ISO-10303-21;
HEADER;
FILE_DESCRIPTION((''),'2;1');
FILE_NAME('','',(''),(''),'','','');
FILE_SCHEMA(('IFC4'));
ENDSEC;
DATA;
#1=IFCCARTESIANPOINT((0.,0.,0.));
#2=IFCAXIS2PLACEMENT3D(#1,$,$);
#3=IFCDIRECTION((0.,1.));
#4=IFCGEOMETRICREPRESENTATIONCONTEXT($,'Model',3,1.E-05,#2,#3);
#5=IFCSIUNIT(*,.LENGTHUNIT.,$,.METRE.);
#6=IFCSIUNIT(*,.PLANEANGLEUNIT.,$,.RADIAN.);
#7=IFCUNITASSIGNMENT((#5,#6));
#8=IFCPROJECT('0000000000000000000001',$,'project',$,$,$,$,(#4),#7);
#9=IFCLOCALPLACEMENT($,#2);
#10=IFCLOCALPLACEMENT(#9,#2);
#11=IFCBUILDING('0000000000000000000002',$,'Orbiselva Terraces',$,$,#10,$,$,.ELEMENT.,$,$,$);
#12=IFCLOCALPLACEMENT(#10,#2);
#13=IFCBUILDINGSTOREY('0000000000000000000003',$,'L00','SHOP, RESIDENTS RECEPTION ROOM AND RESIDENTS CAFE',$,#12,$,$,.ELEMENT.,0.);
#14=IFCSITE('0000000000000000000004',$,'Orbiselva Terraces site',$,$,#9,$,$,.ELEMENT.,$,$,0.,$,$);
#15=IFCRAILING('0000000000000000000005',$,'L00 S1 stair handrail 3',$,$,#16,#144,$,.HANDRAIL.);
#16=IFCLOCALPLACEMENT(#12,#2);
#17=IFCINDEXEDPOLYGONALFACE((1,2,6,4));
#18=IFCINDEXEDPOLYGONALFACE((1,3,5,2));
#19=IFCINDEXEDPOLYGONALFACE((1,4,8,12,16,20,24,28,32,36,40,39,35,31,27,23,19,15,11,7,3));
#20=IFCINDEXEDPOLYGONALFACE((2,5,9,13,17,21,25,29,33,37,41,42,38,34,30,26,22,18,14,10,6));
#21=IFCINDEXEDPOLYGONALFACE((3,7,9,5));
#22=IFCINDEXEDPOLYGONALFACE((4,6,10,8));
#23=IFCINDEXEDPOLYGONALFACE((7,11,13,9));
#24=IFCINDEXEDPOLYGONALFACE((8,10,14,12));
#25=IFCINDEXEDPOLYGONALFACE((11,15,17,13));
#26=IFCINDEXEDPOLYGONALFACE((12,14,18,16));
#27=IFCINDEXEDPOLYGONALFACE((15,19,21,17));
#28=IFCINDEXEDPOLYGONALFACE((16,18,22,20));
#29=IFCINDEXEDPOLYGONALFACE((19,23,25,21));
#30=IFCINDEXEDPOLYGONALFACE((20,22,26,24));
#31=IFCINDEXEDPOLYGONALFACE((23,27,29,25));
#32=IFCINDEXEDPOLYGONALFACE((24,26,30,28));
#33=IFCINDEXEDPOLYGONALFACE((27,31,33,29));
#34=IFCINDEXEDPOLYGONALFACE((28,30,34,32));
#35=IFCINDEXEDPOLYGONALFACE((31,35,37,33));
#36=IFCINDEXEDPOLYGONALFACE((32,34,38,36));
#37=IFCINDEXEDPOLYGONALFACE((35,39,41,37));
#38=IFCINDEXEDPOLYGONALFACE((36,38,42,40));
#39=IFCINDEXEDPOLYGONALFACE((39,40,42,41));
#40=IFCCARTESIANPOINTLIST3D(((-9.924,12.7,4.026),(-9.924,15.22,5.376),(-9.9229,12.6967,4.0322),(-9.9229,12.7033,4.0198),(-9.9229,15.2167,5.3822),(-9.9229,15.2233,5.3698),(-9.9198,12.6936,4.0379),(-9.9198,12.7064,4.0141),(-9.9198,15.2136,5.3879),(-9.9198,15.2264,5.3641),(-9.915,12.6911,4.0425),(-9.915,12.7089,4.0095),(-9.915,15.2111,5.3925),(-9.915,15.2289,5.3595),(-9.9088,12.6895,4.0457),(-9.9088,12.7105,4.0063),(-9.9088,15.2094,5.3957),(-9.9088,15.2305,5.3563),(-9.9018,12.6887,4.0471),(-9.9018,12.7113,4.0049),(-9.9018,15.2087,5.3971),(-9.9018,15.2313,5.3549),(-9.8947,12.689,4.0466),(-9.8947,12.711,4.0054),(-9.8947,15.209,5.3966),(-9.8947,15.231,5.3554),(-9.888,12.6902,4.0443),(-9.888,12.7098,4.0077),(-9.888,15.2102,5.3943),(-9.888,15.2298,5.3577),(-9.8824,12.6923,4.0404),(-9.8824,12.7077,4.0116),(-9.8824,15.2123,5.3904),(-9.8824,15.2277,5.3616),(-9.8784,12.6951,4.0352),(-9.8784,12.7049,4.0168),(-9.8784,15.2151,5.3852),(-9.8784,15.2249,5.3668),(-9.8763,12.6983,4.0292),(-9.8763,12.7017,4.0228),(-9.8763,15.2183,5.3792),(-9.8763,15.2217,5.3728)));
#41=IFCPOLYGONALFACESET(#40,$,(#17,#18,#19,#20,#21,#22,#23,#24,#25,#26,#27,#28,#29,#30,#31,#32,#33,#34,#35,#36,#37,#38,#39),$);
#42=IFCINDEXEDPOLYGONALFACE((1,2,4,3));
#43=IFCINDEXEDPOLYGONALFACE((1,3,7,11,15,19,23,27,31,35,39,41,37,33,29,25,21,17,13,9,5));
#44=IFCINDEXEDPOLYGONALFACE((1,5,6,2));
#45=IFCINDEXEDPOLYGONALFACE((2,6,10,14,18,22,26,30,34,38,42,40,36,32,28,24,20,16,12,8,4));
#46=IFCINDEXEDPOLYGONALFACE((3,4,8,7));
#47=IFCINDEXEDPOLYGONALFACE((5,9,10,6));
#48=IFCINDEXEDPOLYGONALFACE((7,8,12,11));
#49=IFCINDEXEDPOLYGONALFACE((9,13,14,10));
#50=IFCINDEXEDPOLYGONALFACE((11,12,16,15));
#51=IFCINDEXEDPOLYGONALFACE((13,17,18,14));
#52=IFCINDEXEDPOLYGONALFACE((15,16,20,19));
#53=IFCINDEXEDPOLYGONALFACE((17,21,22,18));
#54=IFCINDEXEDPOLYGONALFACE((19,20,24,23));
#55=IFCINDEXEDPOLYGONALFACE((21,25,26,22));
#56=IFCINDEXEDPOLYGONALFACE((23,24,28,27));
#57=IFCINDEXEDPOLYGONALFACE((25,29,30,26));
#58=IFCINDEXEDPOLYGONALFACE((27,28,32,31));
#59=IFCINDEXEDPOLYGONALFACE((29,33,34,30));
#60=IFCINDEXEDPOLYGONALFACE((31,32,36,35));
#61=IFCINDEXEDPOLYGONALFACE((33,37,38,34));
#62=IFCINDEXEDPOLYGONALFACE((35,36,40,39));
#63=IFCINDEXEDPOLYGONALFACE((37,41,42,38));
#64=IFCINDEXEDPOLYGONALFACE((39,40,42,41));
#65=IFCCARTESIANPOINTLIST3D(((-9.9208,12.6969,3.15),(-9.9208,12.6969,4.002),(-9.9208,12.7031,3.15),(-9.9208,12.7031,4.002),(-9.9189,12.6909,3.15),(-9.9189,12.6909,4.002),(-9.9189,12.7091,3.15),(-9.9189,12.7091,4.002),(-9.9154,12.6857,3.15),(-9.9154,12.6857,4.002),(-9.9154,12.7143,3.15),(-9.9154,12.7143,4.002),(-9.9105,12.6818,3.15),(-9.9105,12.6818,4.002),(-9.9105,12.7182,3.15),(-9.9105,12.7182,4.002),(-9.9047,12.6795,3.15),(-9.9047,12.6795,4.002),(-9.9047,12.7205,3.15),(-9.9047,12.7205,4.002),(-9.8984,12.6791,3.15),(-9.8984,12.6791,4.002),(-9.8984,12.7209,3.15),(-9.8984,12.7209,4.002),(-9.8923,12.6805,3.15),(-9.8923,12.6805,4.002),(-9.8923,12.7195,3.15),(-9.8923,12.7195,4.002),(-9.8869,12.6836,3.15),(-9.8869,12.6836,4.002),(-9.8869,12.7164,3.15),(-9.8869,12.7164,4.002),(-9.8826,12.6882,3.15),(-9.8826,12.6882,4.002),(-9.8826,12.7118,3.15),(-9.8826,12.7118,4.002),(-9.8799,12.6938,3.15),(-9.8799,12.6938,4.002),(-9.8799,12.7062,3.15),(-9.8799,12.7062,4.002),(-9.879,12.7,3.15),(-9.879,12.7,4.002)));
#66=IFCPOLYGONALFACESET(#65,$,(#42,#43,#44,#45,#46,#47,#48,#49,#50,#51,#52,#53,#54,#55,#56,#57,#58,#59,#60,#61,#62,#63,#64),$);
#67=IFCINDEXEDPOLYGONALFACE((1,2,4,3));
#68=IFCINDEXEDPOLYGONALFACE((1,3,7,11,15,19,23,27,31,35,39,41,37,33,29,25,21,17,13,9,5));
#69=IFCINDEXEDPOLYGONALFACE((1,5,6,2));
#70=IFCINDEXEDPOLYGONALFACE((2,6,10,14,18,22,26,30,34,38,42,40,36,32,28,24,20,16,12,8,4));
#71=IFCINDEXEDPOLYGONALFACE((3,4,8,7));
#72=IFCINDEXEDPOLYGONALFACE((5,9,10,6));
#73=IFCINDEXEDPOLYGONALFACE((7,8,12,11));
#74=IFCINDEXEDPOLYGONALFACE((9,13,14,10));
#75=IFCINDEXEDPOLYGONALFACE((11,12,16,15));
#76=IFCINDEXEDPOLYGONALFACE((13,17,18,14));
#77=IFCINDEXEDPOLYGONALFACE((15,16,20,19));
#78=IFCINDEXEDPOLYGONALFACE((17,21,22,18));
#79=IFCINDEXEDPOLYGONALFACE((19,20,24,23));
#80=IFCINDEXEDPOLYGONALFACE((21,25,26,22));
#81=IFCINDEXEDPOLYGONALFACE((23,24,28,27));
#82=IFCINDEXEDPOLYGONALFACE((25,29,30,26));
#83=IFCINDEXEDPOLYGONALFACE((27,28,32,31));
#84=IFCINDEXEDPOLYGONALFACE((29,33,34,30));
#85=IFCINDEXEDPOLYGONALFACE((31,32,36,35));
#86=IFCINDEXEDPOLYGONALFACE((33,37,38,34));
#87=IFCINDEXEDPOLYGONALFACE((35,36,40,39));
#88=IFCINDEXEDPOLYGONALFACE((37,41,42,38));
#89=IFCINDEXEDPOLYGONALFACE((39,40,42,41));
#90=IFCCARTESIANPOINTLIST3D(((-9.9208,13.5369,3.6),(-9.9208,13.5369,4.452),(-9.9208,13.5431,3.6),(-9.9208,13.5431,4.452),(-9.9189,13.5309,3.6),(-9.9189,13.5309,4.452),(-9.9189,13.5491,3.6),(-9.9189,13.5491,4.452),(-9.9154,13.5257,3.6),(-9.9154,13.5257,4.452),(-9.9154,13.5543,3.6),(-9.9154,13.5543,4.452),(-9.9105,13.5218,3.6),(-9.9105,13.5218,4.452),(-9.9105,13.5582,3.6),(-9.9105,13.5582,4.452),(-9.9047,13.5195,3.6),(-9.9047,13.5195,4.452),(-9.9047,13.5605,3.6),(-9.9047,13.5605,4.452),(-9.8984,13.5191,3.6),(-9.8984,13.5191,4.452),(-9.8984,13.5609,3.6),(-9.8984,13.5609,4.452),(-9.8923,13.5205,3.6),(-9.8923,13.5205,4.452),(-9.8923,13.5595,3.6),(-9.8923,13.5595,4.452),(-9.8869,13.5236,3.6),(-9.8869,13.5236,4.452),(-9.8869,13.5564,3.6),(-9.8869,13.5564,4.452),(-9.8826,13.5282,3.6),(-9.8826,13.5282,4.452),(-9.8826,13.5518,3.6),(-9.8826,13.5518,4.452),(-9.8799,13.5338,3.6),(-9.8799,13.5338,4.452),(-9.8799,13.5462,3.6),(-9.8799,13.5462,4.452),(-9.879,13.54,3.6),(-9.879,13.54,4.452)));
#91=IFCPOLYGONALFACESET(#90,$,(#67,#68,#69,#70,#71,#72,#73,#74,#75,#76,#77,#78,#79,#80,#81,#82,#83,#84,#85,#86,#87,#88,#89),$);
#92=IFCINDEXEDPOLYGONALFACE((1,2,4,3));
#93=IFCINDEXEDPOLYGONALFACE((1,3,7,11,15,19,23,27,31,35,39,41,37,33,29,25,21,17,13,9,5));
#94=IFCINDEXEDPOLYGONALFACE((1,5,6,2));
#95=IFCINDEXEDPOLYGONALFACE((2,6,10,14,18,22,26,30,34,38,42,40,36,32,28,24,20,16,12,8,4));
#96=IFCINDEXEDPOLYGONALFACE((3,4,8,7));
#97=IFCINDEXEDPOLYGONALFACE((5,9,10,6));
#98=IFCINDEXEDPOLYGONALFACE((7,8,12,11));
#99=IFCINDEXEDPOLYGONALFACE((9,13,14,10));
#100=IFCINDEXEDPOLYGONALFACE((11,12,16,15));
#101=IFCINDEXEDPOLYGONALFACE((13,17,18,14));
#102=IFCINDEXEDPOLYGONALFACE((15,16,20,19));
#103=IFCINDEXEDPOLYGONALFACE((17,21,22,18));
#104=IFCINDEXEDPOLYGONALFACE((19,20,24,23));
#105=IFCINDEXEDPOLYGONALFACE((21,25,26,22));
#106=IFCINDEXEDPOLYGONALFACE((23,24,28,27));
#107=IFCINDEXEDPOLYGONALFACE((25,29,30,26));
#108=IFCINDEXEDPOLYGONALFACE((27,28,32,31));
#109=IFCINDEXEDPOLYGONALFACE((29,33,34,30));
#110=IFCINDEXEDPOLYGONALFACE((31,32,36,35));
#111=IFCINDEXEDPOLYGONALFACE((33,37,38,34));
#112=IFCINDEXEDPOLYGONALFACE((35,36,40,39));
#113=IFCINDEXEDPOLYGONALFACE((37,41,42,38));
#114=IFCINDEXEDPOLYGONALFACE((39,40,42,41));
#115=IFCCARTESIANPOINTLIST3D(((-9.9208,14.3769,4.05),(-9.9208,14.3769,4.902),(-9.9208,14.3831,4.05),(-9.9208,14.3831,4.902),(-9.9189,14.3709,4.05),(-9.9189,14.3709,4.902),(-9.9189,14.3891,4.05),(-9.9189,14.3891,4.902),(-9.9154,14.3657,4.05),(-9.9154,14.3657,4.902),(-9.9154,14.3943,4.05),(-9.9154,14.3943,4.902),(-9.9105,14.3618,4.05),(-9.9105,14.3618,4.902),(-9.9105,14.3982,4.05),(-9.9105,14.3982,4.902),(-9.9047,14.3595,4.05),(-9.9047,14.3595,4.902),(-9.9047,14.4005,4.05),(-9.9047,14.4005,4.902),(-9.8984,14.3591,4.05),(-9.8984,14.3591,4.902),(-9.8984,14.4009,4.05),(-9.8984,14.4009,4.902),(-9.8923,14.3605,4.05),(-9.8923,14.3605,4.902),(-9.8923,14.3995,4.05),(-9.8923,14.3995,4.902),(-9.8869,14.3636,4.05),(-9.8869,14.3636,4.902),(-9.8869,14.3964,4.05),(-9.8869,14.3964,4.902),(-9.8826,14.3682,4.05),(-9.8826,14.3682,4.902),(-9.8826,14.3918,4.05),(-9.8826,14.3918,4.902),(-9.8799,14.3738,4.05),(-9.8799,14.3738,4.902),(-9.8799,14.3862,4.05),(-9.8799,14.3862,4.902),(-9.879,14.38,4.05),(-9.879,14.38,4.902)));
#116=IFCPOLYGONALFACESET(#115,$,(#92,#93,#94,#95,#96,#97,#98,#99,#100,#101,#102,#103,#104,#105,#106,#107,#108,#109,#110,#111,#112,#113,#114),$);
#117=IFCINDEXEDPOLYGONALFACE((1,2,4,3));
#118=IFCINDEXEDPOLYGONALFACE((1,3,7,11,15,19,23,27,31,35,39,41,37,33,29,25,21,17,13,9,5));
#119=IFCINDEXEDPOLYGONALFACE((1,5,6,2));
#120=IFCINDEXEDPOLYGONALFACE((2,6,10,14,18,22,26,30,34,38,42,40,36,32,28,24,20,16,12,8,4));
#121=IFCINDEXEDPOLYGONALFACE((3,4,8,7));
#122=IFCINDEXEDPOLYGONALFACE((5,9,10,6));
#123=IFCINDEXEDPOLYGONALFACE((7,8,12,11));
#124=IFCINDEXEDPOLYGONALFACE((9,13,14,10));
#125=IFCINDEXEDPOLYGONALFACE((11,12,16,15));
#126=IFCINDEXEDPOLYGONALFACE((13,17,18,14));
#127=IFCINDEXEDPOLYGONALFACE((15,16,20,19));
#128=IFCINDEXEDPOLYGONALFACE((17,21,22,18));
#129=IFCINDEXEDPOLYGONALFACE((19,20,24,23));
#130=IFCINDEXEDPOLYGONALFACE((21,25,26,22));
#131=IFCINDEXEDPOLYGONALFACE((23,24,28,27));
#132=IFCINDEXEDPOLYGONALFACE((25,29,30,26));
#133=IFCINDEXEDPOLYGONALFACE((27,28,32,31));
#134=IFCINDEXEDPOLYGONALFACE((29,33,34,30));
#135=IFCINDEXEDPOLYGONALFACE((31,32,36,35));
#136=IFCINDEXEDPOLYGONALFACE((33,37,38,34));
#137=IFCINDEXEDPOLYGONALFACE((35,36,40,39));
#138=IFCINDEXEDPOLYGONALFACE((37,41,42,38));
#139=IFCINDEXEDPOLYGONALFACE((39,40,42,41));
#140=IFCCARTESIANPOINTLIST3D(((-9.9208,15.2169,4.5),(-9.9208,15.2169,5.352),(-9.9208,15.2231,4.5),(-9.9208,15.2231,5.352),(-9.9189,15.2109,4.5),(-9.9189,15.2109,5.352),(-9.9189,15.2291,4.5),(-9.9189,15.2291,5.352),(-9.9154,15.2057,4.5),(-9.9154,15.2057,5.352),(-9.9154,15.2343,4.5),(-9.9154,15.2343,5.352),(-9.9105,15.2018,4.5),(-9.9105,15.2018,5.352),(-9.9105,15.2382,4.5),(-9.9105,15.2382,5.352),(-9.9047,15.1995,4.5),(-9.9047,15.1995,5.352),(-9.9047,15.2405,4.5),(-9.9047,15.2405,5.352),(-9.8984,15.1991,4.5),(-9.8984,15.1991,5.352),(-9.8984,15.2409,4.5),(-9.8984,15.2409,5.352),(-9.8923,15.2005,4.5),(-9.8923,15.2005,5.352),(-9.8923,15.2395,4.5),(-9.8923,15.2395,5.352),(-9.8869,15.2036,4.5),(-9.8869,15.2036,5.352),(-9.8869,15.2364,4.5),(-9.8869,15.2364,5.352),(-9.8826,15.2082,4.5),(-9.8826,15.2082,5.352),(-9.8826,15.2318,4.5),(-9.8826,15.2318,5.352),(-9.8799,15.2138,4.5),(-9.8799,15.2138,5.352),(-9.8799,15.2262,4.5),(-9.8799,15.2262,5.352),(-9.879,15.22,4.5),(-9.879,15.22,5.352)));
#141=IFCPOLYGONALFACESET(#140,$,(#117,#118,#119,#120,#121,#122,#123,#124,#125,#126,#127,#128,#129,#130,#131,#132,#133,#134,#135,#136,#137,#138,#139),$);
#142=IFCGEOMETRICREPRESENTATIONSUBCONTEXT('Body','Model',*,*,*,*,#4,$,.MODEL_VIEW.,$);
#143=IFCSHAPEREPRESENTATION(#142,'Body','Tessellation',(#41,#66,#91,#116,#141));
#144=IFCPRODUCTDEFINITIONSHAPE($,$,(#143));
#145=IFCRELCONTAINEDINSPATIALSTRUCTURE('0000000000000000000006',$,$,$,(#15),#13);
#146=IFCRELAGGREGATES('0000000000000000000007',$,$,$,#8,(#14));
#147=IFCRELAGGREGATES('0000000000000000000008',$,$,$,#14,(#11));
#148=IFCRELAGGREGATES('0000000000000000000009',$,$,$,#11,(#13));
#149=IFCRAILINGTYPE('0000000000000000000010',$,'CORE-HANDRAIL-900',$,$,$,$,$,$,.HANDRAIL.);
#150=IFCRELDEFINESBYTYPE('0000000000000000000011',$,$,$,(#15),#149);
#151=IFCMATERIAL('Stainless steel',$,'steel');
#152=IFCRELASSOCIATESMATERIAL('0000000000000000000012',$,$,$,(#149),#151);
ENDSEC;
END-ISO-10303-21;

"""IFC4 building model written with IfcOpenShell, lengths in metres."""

from ifc_helpers import new_model, si_unit, direction, frame, origin, origin_2d, place, context, subcontext, project, spatial, circle, extrude, material, type_object, element, save


model = new_model("IFC4")

# Units and contexts
model_context = context("Model", 3, precision=1e-05, world=origin(), true_north=direction((0.0, 1.0)))
body_context = subcontext(model_context, "Body", "Model", "MODEL_VIEW")
ifc_project = project(units=[si_unit("LENGTHUNIT", "METRE"), si_unit("PLANEANGLEUNIT", "RADIAN")], contexts=[model_context])

# Site, building, storey
site_placement = place(None, origin())
site = spatial("IfcSite", under=ifc_project, at=site_placement, Name="Orbiselva Terraces site", CompositionType="ELEMENT", RefElevation=0.0)
building_placement = place(site_placement, origin())
building = spatial("IfcBuilding", under=site, at=building_placement, Name="Orbiselva Terraces", CompositionType="ELEMENT")
storey_placement = place(building_placement, origin())
storey = spatial("IfcBuildingStorey", under=building, at=storey_placement, Name="L00", Description="SHOP, RESIDENTS RECEPTION ROOM AND RESIDENTS CAFE", CompositionType="ELEMENT", Elevation=0.0)

# Railing
ifc_material_1 = material(Name="Stainless steel", Category="steel")
railing_type_1 = type_object("IfcRailingType", Name="CORE-HANDRAIL-900", PredefinedType="HANDRAIL", material=ifc_material_1)
railing_1_placement = place(storey_placement, frame((-9.9, 12.7, 3.15)))
element("IfcRailing", 1, at=railing_1_placement, inside=storey, type_object=railing_type_1, Name="L00 S1 stair handrail 3", PredefinedType="HANDRAIL", context=body_context, shape_type="SweptSolid", body=[
    extrude(circle(Radius=0.024, at=origin_2d()), frame((0.0, 0.0, 0.876), z_axis=(0.0, 0.88148, 0.472221), x_axis=(-1.0, 0.0, 0.0)), (0.0, 0.0, 1.0), 2.8588),
    extrude(circle(Radius=0.021, at=origin_2d()), origin(), (0.0, 0.0, 1.0), 0.852),
    extrude(circle(Radius=0.021, at=origin_2d()), frame((0.0, 0.84, 0.45)), (0.0, 0.0, 1.0), 0.852),
    extrude(circle(Radius=0.021, at=origin_2d()), frame((0.0, 1.68, 0.9)), (0.0, 0.0, 1.0), 0.852),
    extrude(circle(Radius=0.021, at=origin_2d()), frame((0.0, 2.52, 1.35)), (0.0, 0.0, 1.0), 0.852),
])

save(model, "model.ifc")
